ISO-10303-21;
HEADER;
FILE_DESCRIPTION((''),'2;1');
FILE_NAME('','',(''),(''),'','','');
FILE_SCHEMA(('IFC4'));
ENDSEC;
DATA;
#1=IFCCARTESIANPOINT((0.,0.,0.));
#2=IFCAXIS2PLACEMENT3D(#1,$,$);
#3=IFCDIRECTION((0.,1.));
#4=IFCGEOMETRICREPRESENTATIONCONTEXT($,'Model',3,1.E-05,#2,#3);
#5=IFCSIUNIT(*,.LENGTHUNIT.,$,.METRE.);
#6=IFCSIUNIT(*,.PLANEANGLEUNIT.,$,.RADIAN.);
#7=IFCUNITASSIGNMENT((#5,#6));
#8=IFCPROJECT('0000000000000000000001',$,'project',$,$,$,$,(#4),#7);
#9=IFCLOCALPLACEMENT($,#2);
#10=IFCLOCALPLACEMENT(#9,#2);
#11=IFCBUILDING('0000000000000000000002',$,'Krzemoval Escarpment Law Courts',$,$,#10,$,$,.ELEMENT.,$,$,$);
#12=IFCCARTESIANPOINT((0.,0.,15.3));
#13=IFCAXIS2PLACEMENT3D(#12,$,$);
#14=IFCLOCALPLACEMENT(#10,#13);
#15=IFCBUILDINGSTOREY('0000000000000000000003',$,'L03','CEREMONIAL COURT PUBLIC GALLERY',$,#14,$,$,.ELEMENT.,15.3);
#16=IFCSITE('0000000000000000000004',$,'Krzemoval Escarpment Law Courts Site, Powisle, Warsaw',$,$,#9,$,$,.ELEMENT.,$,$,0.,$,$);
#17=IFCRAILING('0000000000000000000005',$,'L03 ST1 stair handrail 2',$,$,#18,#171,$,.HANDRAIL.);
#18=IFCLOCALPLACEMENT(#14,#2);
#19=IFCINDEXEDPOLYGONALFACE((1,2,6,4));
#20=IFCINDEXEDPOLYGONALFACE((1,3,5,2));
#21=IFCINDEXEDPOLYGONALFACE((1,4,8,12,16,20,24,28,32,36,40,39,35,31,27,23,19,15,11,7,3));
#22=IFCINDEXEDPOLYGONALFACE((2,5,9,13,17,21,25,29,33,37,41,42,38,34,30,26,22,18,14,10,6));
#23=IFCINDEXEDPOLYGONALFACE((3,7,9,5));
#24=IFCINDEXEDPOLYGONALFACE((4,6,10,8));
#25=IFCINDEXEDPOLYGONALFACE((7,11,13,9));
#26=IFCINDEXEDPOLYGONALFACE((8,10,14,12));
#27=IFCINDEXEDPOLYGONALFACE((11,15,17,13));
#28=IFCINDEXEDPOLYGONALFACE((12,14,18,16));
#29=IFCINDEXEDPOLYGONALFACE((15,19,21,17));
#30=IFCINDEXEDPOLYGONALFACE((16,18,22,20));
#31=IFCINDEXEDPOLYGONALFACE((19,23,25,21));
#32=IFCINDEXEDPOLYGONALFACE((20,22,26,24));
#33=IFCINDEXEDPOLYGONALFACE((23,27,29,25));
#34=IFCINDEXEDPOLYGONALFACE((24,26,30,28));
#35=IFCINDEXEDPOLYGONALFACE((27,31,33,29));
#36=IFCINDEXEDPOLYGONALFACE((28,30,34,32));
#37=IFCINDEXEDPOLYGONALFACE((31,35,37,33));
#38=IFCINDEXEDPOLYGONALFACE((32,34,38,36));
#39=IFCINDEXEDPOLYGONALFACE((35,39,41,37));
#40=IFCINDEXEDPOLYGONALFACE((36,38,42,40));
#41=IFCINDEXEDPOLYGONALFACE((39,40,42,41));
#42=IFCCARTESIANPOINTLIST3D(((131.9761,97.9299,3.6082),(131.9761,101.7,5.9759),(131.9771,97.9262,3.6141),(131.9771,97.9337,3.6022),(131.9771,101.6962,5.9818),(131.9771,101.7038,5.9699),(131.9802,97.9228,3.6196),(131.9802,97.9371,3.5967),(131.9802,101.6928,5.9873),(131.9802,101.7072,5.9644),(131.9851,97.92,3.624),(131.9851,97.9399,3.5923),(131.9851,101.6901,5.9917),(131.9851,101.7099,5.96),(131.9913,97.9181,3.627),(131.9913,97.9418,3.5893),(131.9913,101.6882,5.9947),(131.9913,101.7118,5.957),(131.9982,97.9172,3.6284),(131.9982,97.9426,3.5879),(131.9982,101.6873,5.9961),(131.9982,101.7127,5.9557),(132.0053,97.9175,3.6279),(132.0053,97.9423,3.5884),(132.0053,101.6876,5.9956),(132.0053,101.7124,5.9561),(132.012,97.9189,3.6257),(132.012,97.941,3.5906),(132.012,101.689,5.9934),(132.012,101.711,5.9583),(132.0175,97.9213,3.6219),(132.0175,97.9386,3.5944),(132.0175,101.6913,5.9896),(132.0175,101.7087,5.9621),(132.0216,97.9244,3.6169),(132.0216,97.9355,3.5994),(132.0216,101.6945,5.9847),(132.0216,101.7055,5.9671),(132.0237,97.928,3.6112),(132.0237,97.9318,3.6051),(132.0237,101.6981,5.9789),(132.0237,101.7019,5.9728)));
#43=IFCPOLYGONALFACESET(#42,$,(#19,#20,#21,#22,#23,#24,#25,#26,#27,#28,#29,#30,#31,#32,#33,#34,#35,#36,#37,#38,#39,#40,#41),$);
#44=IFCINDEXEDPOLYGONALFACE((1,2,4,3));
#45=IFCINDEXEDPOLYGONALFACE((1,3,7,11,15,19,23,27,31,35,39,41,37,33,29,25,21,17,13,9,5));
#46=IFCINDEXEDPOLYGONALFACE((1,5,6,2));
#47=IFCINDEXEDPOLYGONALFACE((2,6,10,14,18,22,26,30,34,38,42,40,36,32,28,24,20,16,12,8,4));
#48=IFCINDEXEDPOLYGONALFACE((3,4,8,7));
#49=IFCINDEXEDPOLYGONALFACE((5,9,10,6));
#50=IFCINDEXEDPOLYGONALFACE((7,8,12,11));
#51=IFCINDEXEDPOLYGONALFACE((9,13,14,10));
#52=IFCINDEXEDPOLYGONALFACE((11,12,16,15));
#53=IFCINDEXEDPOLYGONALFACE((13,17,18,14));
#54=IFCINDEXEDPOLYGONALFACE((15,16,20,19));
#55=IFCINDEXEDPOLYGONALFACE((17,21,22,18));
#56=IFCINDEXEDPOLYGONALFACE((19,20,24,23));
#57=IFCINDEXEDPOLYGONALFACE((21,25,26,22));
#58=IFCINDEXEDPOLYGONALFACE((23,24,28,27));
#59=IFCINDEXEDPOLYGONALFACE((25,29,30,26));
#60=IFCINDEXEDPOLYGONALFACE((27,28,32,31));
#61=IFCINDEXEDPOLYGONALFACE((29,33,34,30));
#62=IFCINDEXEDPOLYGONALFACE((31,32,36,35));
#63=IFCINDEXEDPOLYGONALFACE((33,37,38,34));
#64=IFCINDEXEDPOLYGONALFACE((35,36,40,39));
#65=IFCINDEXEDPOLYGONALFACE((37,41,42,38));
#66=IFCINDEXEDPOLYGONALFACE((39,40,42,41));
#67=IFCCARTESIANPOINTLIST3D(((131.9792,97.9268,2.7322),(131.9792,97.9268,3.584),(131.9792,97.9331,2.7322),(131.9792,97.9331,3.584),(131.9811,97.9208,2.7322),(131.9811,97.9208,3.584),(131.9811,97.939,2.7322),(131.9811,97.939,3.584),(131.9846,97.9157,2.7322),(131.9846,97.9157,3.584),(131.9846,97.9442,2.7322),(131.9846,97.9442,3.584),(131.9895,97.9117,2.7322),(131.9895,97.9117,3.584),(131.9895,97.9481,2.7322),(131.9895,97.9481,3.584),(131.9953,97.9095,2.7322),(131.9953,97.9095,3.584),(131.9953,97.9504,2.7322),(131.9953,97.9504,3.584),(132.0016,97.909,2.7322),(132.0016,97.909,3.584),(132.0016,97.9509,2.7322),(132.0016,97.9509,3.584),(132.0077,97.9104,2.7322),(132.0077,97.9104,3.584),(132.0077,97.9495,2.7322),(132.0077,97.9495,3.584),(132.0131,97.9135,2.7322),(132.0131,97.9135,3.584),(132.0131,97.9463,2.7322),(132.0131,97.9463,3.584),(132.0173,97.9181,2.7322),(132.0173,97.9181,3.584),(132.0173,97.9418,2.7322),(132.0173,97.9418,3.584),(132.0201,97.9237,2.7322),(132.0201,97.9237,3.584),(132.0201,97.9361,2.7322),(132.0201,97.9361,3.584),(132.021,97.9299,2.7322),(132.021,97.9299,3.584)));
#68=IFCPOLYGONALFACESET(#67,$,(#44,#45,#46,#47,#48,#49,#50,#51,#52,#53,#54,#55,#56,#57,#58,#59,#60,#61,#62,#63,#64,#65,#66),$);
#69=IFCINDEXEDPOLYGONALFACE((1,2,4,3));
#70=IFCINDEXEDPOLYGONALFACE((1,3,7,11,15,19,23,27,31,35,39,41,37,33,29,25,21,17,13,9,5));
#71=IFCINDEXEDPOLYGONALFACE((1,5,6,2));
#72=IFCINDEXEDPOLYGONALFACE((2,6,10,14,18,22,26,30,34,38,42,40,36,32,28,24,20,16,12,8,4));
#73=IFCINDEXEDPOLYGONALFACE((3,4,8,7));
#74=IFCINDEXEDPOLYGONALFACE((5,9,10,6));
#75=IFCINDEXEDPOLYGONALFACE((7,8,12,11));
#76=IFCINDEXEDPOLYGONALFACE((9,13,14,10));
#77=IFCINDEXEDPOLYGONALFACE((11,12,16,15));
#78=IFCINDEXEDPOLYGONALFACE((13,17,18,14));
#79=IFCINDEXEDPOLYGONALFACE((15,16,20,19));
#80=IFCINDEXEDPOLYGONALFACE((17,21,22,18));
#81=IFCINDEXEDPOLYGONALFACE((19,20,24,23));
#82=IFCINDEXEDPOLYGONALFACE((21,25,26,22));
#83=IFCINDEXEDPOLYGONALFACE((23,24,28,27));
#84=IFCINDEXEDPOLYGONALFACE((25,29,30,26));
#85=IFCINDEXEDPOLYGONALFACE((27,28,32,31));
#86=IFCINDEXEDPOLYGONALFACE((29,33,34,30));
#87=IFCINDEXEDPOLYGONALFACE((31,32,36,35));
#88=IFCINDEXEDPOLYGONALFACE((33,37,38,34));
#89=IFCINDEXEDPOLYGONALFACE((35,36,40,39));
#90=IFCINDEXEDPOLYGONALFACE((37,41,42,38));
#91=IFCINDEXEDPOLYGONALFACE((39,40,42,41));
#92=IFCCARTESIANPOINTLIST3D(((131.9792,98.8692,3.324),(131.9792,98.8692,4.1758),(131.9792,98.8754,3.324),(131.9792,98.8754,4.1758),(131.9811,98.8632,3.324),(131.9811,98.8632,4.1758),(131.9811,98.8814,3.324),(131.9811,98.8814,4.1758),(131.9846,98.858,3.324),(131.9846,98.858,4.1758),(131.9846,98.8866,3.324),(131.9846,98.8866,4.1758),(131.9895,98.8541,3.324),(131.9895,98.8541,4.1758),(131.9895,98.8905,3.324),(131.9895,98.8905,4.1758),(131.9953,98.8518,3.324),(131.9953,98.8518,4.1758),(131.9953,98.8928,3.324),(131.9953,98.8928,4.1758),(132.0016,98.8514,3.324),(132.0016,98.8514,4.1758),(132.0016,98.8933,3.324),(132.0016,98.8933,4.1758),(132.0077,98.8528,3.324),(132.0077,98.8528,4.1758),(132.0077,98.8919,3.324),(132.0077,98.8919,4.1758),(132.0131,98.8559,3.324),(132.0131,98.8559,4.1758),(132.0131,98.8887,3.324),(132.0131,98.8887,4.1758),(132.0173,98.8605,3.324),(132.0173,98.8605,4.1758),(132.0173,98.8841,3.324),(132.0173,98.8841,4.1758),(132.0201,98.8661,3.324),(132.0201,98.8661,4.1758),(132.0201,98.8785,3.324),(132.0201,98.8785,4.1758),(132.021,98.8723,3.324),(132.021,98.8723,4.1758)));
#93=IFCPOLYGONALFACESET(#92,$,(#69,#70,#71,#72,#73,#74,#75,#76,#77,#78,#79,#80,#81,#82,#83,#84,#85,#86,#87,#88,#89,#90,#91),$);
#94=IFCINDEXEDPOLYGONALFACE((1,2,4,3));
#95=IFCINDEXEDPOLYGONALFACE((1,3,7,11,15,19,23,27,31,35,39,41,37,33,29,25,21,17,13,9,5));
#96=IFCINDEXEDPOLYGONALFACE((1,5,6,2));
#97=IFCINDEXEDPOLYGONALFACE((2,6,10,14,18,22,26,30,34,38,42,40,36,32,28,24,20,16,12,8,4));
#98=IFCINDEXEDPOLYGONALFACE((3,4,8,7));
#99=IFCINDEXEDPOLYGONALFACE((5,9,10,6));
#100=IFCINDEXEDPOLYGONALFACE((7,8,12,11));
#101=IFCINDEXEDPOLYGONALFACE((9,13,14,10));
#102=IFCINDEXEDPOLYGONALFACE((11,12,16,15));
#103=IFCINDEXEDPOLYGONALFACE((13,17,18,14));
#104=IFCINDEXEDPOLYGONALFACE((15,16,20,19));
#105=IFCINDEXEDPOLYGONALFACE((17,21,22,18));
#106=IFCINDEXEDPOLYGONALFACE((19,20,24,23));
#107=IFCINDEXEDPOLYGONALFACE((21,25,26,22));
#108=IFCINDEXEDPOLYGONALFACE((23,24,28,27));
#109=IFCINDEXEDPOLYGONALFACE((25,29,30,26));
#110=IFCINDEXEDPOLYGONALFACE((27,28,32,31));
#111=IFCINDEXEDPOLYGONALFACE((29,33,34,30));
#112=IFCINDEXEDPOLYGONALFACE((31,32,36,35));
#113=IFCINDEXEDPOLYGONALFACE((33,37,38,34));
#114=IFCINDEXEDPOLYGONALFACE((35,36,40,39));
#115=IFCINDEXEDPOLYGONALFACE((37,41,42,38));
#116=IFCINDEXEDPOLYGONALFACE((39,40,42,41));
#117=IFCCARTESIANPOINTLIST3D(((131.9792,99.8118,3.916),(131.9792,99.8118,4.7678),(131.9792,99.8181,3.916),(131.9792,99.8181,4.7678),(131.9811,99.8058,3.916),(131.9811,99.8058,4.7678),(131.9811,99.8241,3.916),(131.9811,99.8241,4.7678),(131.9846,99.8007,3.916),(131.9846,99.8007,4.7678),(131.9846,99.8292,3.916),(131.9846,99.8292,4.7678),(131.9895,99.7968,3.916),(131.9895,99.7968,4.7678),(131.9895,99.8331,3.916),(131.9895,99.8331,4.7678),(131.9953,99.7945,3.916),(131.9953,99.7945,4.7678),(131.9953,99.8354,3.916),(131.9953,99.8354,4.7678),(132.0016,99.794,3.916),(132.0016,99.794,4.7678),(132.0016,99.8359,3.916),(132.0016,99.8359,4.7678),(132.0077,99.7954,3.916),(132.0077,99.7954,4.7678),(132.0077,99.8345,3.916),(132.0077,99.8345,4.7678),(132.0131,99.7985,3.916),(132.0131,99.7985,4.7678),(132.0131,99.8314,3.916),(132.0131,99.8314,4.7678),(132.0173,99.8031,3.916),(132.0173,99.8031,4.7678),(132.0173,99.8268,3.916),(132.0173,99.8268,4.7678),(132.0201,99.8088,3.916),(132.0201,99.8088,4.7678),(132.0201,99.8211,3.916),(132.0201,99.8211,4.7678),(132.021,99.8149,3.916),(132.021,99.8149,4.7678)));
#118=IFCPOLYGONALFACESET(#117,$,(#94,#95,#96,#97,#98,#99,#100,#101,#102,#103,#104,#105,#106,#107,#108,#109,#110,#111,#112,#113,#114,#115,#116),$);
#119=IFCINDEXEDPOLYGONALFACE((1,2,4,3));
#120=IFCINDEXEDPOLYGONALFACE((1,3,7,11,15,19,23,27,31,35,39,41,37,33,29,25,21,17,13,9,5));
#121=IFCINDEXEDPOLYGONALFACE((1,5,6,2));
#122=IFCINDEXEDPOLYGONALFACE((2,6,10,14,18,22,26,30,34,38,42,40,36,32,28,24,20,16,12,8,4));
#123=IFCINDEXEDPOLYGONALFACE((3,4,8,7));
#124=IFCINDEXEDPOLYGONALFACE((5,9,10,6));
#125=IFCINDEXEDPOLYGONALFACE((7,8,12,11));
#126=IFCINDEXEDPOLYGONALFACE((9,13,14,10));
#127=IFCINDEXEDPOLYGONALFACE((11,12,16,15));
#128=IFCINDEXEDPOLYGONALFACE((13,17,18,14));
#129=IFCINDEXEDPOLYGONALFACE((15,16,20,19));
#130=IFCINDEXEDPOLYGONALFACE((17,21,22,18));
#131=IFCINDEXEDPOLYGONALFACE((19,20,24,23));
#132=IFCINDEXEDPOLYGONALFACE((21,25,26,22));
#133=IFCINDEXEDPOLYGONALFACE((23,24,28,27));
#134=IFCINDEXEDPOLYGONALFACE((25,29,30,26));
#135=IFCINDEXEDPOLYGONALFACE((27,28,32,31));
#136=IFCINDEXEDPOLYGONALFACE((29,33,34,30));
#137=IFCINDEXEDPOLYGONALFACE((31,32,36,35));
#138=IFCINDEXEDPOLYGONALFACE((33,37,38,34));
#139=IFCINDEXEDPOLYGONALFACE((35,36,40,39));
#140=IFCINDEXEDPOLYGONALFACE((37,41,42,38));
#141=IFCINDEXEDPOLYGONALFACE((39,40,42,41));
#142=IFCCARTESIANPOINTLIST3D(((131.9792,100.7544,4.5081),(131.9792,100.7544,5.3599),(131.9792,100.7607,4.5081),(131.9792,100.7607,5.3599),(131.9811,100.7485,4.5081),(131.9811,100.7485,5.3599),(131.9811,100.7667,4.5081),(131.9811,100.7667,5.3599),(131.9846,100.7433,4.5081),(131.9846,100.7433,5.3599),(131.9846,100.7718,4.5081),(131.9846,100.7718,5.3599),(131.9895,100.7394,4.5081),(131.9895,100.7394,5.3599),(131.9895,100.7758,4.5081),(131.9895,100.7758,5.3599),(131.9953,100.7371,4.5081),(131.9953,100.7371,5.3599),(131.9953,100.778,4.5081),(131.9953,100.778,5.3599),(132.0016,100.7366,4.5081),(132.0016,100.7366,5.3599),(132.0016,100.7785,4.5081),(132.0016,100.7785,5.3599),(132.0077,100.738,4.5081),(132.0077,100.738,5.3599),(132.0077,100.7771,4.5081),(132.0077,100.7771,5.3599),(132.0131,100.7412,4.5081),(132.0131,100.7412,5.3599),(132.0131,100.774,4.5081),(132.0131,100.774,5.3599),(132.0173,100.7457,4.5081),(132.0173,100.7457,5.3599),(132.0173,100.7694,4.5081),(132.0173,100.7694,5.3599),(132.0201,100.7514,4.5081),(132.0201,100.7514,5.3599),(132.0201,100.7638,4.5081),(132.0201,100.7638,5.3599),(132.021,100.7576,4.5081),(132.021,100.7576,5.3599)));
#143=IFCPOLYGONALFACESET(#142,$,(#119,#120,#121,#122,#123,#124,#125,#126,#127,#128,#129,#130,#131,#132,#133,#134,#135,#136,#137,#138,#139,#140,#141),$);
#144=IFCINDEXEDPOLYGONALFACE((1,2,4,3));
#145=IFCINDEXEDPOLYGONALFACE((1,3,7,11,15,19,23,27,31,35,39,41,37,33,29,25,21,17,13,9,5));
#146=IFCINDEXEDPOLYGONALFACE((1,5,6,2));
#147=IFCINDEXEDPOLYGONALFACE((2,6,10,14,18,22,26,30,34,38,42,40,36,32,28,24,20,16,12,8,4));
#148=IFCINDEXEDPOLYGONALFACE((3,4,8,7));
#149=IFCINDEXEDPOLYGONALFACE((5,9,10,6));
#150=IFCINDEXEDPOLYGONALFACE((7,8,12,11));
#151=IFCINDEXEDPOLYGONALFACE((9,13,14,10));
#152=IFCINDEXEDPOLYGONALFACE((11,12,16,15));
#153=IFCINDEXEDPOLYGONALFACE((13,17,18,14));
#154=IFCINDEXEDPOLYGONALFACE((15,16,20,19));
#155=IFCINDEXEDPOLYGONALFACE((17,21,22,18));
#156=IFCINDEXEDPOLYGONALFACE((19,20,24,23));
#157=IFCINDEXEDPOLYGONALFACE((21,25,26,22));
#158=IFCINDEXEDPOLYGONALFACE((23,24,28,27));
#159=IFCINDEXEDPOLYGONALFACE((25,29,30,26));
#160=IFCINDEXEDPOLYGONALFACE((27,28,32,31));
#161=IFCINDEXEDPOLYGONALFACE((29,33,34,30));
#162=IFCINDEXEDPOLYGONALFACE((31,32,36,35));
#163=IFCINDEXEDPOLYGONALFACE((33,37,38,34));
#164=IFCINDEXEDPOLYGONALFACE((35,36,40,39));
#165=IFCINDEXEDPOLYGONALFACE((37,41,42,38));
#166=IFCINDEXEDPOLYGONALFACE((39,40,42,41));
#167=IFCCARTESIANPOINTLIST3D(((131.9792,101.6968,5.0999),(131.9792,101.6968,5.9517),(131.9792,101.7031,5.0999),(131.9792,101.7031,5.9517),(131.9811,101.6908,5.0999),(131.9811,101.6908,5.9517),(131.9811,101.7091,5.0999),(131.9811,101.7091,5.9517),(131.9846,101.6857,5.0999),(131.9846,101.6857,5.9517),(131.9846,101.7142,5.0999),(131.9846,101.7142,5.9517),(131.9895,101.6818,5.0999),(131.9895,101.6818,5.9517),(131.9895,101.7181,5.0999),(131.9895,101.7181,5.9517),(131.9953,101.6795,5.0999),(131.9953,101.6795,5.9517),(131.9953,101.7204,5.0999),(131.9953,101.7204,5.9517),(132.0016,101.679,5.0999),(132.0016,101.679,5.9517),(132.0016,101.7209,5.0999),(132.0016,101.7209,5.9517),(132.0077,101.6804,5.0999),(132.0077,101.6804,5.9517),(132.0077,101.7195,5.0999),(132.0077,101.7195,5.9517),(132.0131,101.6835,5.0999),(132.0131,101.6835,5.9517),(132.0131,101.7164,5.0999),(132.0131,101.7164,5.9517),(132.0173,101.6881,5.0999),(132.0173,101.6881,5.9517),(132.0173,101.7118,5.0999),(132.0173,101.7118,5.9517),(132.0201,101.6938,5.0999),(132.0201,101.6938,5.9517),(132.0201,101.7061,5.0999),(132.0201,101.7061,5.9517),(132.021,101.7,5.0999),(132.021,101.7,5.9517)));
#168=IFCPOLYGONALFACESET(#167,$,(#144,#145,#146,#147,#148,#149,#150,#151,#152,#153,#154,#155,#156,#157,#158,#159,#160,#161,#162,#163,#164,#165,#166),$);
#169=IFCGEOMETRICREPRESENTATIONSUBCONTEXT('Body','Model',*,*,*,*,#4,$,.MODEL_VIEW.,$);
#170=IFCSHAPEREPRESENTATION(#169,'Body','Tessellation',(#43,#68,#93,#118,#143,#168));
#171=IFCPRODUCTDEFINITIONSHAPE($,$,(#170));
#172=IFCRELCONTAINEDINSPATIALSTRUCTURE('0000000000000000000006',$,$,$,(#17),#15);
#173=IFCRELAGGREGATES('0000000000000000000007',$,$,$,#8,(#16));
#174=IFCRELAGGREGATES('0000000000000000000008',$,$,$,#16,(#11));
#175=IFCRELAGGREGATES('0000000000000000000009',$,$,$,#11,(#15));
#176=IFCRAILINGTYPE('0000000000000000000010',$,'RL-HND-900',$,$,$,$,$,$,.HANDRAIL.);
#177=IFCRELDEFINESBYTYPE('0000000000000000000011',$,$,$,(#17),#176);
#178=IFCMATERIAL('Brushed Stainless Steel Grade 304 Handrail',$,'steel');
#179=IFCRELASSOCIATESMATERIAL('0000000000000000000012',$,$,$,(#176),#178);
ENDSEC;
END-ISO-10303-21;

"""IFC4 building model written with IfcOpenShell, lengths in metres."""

from ifc_helpers import new_model, si_unit, direction, frame, origin, origin_2d, place, context, subcontext, project, spatial, circle, extrude, material, type_object, element, save


model = new_model("IFC4")

# Units and contexts
model_context = context("Model", 3, precision=1e-05, world=origin(), true_north=direction((0.0, 1.0)))
body_context = subcontext(model_context, "Body", "Model", "MODEL_VIEW")
ifc_project = project(units=[si_unit("LENGTHUNIT", "METRE"), si_unit("PLANEANGLEUNIT", "RADIAN")], contexts=[model_context])

# Site, building, storey
site_placement = place(None, origin())
site = spatial("IfcSite", under=ifc_project, at=site_placement, Name="Krzemoval Escarpment Law Courts Site, Powisle, Warsaw", CompositionType="ELEMENT", RefElevation=0.0)
building_placement = place(site_placement, origin())
building = spatial("IfcBuilding", under=site, at=building_placement, Name="Krzemoval Escarpment Law Courts", CompositionType="ELEMENT")
storey_placement = place(building_placement, frame((0.0, 0.0, 15.3)))
storey = spatial("IfcBuildingStorey", under=building, at=storey_placement, Name="L03", Description="CEREMONIAL COURT PUBLIC GALLERY", CompositionType="ELEMENT", Elevation=15.3)

# Railing
ifc_material_1 = material(Name="Brushed Stainless Steel Grade 304 Handrail", Category="steel")
railing_type_1 = type_object("IfcRailingType", Name="RL-HND-900", PredefinedType="HANDRAIL", material=ifc_material_1)
for number, where, name in (
    (1, (132.0, 97.9299, 2.7322), "L03 ST1 stair handrail 2"),
):
    element("IfcRailing", number, at=place(storey_placement, frame(where)), inside=storey, type_object=railing_type_1, Name=name, PredefinedType="HANDRAIL", context=body_context, shape_type="SweptSolid", body=[
        extrude(circle(Radius=0.0239, at=origin_2d()), frame((0.0, 0.0, 0.876), z_axis=(0.0, 0.846844, 0.531841), x_axis=(-1.0, 0.0, 0.0)), (0.0, 0.0, 1.0), 4.4519),
        extrude(circle(Radius=0.021, at=origin_2d()), origin(), (0.0, 0.0, 1.0), 0.8518),
        extrude(circle(Radius=0.021, at=origin_2d()), frame((0.0, 0.9424, 0.5918)), (0.0, 0.0, 1.0), 0.8518),
        extrude(circle(Radius=0.021, at=origin_2d()), frame((0.0, 1.885, 1.1838)), (0.0, 0.0, 1.0), 0.8518),
        extrude(circle(Radius=0.021, at=origin_2d()), frame((0.0, 2.8276, 1.7759)), (0.0, 0.0, 1.0), 0.8518),
        extrude(circle(Radius=0.021, at=origin_2d()), frame((0.0, 3.77, 2.3677)), (0.0, 0.0, 1.0), 0.8518),
    ])

save(model, "model.ifc")
